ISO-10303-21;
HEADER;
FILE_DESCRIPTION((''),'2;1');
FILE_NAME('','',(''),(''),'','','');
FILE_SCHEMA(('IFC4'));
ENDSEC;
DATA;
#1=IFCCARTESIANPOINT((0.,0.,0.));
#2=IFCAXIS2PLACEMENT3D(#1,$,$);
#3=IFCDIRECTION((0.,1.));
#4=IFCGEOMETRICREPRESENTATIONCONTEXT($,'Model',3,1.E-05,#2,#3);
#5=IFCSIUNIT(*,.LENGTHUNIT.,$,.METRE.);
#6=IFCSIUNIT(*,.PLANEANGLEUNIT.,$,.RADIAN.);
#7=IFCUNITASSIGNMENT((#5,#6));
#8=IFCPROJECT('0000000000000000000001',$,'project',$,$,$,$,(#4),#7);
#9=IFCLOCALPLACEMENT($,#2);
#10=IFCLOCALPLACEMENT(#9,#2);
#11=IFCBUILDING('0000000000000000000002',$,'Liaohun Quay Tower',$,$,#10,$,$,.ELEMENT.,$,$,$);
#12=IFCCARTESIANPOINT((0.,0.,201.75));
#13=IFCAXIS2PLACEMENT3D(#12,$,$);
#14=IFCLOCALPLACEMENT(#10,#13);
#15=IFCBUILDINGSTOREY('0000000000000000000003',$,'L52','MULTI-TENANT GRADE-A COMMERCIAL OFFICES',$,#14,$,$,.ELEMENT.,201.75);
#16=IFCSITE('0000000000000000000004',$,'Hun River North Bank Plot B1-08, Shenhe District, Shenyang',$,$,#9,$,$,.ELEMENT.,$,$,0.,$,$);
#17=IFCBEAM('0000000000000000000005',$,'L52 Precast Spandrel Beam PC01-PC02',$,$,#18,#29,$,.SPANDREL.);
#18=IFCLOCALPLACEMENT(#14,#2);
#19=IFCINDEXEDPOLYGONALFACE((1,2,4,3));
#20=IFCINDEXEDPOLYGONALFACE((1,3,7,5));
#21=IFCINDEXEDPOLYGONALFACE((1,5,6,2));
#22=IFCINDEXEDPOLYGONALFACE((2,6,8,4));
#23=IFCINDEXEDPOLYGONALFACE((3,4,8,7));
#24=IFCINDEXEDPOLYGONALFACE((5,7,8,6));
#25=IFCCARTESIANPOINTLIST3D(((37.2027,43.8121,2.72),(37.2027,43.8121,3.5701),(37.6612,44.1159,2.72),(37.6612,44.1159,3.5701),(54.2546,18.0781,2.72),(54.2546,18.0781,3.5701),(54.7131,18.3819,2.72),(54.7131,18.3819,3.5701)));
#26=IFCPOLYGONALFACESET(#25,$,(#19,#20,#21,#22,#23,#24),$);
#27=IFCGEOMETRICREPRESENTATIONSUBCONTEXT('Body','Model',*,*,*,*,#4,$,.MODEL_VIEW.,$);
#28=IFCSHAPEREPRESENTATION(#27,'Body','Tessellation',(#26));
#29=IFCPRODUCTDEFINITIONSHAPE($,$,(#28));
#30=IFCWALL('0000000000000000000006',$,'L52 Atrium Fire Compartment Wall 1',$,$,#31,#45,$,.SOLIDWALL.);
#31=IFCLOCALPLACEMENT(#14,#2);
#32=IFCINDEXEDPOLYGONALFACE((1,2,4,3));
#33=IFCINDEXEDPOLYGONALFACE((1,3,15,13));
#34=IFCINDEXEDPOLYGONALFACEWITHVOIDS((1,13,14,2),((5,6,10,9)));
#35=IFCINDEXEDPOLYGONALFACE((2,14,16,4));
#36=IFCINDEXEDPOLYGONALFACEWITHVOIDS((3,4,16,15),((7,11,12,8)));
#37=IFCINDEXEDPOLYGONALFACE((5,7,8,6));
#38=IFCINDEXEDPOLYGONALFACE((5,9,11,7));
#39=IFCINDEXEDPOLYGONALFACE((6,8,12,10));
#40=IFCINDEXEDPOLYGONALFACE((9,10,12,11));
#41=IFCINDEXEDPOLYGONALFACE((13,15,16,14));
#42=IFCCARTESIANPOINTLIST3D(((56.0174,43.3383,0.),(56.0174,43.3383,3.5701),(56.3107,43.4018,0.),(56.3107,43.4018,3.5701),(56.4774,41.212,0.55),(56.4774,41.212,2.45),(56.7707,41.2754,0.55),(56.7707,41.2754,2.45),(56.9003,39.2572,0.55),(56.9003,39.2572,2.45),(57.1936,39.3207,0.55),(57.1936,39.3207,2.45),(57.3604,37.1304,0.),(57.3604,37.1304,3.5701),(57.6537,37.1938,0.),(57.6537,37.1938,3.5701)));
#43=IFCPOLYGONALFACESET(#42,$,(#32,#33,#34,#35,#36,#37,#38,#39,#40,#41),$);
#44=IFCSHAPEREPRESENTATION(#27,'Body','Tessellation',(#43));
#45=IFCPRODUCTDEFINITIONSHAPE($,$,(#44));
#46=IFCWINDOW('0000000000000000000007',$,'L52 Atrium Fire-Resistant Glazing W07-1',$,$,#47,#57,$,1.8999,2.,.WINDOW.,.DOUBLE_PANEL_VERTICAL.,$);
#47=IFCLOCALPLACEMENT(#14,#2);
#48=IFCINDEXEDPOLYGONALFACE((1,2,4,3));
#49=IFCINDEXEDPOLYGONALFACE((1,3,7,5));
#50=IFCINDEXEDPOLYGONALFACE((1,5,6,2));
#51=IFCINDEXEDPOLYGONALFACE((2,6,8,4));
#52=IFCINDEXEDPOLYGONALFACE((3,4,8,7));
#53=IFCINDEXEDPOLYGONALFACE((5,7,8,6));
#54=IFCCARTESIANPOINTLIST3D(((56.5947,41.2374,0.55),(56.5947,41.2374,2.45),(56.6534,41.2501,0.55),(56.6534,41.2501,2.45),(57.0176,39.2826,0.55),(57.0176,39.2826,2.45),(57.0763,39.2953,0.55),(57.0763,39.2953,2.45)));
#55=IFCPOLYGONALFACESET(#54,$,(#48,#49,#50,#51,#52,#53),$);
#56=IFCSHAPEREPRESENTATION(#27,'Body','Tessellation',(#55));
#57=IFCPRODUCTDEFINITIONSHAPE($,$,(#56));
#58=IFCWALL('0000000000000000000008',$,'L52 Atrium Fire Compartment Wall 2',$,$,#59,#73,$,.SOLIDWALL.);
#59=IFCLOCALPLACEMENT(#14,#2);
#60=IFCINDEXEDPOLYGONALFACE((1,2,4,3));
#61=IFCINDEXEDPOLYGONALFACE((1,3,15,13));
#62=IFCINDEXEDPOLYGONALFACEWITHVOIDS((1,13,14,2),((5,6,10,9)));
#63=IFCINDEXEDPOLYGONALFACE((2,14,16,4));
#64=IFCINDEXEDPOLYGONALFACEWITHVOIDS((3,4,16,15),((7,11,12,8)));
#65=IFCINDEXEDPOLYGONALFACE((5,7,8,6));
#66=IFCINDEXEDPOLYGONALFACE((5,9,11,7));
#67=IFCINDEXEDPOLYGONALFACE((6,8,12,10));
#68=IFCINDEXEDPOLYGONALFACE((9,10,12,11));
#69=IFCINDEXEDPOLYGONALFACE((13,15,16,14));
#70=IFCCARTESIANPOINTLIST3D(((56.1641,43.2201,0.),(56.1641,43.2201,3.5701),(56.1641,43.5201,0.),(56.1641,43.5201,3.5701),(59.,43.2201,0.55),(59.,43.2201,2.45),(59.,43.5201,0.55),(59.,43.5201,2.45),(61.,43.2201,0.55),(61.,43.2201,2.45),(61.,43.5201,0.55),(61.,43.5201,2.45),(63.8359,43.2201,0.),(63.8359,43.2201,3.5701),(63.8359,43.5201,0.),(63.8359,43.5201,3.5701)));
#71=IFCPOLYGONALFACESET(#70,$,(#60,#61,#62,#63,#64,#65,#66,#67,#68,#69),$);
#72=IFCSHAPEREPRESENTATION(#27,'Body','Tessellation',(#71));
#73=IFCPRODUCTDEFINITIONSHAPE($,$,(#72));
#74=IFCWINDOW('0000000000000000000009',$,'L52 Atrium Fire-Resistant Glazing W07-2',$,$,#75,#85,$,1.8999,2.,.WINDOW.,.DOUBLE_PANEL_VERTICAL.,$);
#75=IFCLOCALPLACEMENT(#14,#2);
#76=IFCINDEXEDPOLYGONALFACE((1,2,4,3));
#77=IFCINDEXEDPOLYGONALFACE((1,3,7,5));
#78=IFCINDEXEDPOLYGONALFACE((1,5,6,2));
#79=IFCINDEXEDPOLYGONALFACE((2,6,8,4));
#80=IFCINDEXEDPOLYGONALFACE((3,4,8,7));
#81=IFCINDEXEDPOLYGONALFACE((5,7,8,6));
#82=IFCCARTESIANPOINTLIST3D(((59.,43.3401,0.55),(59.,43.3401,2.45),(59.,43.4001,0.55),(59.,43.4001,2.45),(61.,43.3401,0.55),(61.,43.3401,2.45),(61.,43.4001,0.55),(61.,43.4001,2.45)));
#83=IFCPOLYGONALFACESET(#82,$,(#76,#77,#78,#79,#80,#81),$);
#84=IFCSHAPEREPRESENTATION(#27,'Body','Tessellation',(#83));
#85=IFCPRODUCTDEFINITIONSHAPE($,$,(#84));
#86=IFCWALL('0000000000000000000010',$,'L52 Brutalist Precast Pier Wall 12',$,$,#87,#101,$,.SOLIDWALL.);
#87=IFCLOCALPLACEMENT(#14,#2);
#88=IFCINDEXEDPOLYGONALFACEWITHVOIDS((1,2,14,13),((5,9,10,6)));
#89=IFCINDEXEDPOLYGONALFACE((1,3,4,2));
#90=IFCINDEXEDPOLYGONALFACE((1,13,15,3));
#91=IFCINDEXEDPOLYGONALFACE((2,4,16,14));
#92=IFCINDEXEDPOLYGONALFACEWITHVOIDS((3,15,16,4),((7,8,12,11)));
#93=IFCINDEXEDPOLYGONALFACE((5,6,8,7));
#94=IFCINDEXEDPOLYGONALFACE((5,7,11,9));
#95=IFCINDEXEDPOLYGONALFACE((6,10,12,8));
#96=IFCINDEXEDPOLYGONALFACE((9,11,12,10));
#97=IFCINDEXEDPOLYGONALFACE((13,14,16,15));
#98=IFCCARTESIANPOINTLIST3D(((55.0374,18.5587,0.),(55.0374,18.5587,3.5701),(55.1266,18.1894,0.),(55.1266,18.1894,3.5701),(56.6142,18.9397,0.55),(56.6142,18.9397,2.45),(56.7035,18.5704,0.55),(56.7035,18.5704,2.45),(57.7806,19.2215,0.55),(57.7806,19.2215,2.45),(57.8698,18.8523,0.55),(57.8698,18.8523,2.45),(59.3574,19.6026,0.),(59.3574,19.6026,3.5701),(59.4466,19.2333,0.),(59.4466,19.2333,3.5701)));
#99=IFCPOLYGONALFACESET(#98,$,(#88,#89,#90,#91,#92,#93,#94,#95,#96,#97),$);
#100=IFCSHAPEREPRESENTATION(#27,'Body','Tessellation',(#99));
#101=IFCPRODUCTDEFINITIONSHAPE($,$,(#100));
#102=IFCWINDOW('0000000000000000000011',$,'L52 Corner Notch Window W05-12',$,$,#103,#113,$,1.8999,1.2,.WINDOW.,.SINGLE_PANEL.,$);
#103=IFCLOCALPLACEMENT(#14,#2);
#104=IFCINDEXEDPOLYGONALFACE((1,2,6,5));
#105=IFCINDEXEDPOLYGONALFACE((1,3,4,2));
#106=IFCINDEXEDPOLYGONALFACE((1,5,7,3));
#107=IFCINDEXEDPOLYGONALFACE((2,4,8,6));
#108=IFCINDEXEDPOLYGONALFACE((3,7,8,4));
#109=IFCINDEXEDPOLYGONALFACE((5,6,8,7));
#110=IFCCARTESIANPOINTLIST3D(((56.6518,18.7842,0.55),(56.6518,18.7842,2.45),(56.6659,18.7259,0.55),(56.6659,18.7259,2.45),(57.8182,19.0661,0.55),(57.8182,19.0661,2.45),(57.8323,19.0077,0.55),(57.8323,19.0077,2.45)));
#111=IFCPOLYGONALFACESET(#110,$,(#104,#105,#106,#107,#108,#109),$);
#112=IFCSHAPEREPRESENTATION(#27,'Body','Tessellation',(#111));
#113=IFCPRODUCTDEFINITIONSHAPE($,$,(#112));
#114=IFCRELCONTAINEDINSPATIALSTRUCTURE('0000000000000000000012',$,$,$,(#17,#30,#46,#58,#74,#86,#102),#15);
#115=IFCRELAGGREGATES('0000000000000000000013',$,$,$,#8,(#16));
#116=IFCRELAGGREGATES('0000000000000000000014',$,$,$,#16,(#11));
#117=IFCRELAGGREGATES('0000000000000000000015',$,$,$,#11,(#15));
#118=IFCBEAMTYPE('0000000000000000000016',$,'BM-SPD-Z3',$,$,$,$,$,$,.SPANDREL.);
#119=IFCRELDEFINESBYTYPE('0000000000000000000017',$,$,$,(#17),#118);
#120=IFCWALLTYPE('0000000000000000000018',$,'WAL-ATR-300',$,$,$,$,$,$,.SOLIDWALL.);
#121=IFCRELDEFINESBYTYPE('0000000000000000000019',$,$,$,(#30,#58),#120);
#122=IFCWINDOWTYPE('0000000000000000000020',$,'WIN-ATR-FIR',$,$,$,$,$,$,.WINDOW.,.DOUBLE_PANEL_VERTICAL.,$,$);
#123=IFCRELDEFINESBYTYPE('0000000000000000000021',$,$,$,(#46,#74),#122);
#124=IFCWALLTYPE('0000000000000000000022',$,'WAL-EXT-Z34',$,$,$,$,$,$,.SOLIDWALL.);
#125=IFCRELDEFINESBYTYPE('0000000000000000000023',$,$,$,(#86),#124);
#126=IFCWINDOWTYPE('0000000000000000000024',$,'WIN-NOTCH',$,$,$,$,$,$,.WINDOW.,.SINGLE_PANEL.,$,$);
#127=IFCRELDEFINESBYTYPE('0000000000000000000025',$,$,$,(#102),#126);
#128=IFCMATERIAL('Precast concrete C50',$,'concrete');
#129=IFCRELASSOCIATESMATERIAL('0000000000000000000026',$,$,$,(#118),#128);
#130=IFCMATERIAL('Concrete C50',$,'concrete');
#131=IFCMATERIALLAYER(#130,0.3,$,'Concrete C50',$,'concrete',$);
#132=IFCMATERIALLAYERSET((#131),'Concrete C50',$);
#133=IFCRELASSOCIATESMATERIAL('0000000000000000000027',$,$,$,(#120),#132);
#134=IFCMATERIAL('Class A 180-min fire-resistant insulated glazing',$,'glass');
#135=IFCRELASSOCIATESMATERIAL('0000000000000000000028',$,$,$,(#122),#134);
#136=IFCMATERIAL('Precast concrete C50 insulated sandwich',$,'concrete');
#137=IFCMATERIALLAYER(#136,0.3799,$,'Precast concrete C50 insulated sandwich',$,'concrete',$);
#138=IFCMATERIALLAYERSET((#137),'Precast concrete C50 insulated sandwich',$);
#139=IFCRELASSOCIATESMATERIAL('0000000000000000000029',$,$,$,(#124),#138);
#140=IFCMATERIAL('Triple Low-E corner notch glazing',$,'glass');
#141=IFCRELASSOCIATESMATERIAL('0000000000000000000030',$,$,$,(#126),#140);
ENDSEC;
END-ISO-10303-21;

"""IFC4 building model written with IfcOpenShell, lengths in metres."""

from ifc_helpers import new_model, si_unit, direction, frame, frame_2d, origin, origin_2d, place, context, subcontext, project, spatial, rectangle, extrude, source, transform, mapped, material, layer, layer_set, material_profile, profile_set, type_object, element, fill, save


model = new_model("IFC4")

# Units and contexts
model_context = context("Model", 3, precision=1e-05, world=origin(), true_north=direction((0.0, 1.0)))
body_context = subcontext(model_context, "Body", "Model", "MODEL_VIEW")
ifc_project = project(units=[si_unit("LENGTHUNIT", "METRE"), si_unit("PLANEANGLEUNIT", "RADIAN")], contexts=[model_context])

# Site, building, storey
site_placement = place(None, origin())
site = spatial("IfcSite", under=ifc_project, at=site_placement, Name="Hun River North Bank Plot B1-08, Shenhe District, Shenyang", CompositionType="ELEMENT", RefElevation=0.0)
building_placement = place(site_placement, origin())
building = spatial("IfcBuilding", under=site, at=building_placement, Name="Liaohun Quay Tower", CompositionType="ELEMENT")
storey_placement = place(building_placement, frame((0.0, 0.0, 201.75)))
storey = spatial("IfcBuildingStorey", under=building, at=storey_placement, Name="L52", Description="MULTI-TENANT GRADE-A COMMERCIAL OFFICES", CompositionType="ELEMENT", Elevation=201.75)

# Beam
ifc_material_1 = material(Name="Precast concrete C50", Category="concrete")
ifc_material_profile_1 = material_profile(ifc_material_1, rectangle(XDim=0.55, YDim=0.8501, at=origin_2d()), Name="RC550x850")
ifc_profile_set_1 = profile_set([ifc_material_profile_1], Name="Precast concrete C50")
beam_type_1 = type_object("IfcBeamType", Name="BM-SPD-Z3", PredefinedType="SPANDREL", material=ifc_profile_set_1)
shared_shape_1 = source(origin(), body_context, "Body", "SweptSolid", [
    extrude(rectangle(XDim=0.55, YDim=0.8501, at=origin_2d()), origin(), (0.0, 0.0, 1.0), 30.8708),
])
beam_1_placement = place(storey_placement, frame((54.4839, 18.23, 3.145), z_axis=(-0.552364, 0.833603, 0.0), x_axis=(-0.833603, -0.552364, 0.0)))
element("IfcBeam", 1, at=beam_1_placement, inside=storey, type_object=beam_type_1, Name="L52 Precast Spandrel Beam PC01-PC02", PredefinedType="SPANDREL", context=body_context, shape_type="MappedRepresentation", body=[
    mapped(shared_shape_1, transform((0.0, 0.0, 0.0), x_axis=(1.0, 0.0, 0.0), y_axis=(0.0, 1.0, 0.0), z_axis=(0.0, 0.0, 1.0), scale=1.0)),
])

# Walls, openings, windows
ifc_material_2 = material(Name="Concrete C50", Category="concrete")
ifc_layer_1 = layer(ifc_material_2, 0.3, Name="Concrete C50", Category="concrete")
ifc_layer_set_1 = layer_set([ifc_layer_1], Name="Concrete C50")
wall_type_1 = type_object("IfcWallType", Name="WAL-ATR-300", PredefinedType="SOLIDWALL", material=ifc_layer_set_1)
wall_1_placement = place(storey_placement, frame((57.5071, 37.1621, 0.0), z_axis=(0.0, 0.0, 1.0), x_axis=(-0.211445, 0.97739, 0.0)))
wall_1 = element("IfcWall", 2, at=wall_1_placement, inside=storey, type_object=wall_type_1, Name="L52 Atrium Fire Compartment Wall 1", PredefinedType="SOLIDWALL", context=body_context, shape_type="SweptSolid", body=[
    extrude(rectangle(XDim=6.3516, YDim=0.3, at=frame_2d((3.1758, 0.0))), origin(), (0.0, 0.0, 1.0), 3.5701),
])
shared_shape_2 = source(origin(), body_context, "Body", "SweptSolid", [
    extrude(rectangle(XDim=2.0, YDim=1.8999, at=frame_2d((1.0, 0.95))), frame((0.0, 0.1599, 0.0), z_axis=(0.0, -1.0, 0.0), x_axis=(1.0, 0.0, 0.0)), (0.0, 0.0, 1.0), 0.3201),
])
opening_1_placement = place(wall_1_placement, frame((2.176, 0.0, 0.55)))
opening_1 = element("IfcOpeningElement", 3, at=opening_1_placement, cuts=wall_1, PredefinedType="OPENING", context=body_context, shape_type="MappedRepresentation", body=[
    mapped(shared_shape_2, transform((0.0, 0.0, 0.0), x_axis=(1.0, 0.0, 0.0), y_axis=(0.0, 1.0, 0.0), z_axis=(0.0, 0.0, 1.0), scale=1.0)),
])
ifc_material_3 = material(Name="Class A 180-min fire-resistant insulated glazing", Category="glass")
window_type_1 = type_object("IfcWindowType", Name="WIN-ATR-FIR", PartitioningType="DOUBLE_PANEL_VERTICAL", PredefinedType="WINDOW", material=ifc_material_3)
shared_shape_3 = source(origin(), body_context, "Body", "SweptSolid", [
    extrude(rectangle(XDim=2.0, YDim=1.8999, at=frame_2d((1.0, 0.95))), frame((0.0, 0.03, 0.0), z_axis=(0.0, -1.0, 0.0), x_axis=(1.0, 0.0, 0.0)), (0.0, 0.0, 1.0), 0.0601),
])
window_1_placement = place(opening_1_placement, origin())
window_1 = element("IfcWindow", 4, at=window_1_placement, inside=storey, type_object=window_type_1, Name="L52 Atrium Fire-Resistant Glazing W07-1", OverallHeight=1.8999, OverallWidth=2.0, PartitioningType="DOUBLE_PANEL_VERTICAL", PredefinedType="WINDOW", context=body_context, shape_type="MappedRepresentation", body=[
    mapped(shared_shape_3, transform((0.0, 0.0, 0.0), x_axis=(1.0, 0.0, 0.0), y_axis=(0.0, 1.0, 0.0), z_axis=(0.0, 0.0, 1.0), scale=1.0)),
])
fill(opening_1, window_1)
wall_2_placement = place(storey_placement, frame((56.1641, 43.3701, 0.0), z_axis=(0.0, 0.0, 1.0), x_axis=(1.0, 0.0, 0.0)))
wall_2 = element("IfcWall", 5, at=wall_2_placement, inside=storey, type_object=wall_type_1, Name="L52 Atrium Fire Compartment Wall 2", PredefinedType="SOLIDWALL", context=body_context, shape_type="SweptSolid", body=[
    extrude(rectangle(XDim=7.6719, YDim=0.3, at=frame_2d((3.8359, 0.0))), origin(), (0.0, 0.0, 1.0), 3.5701),
])
opening_2_placement = place(wall_2_placement, frame((2.8359, 0.0, 0.55)))
opening_2 = element("IfcOpeningElement", 6, at=opening_2_placement, cuts=wall_2, PredefinedType="OPENING", context=body_context, shape_type="MappedRepresentation", body=[
    mapped(shared_shape_2, transform((0.0, 0.0, 0.0), x_axis=(1.0, 0.0, 0.0), y_axis=(0.0, 1.0, 0.0), z_axis=(0.0, 0.0, 1.0), scale=1.0)),
])
window_2_placement = place(opening_2_placement, origin())
window_2 = element("IfcWindow", 7, at=window_2_placement, inside=storey, type_object=window_type_1, Name="L52 Atrium Fire-Resistant Glazing W07-2", OverallHeight=1.8999, OverallWidth=2.0, PartitioningType="DOUBLE_PANEL_VERTICAL", PredefinedType="WINDOW", context=body_context, shape_type="MappedRepresentation", body=[
    mapped(shared_shape_3, transform((0.0, 0.0, 0.0), x_axis=(1.0, 0.0, 0.0), y_axis=(0.0, 1.0, 0.0), z_axis=(0.0, 0.0, 1.0), scale=1.0)),
])
fill(opening_2, window_2)
ifc_material_4 = material(Name="Precast concrete C50 insulated sandwich", Category="concrete")
ifc_layer_2 = layer(ifc_material_4, 0.3799, Name="Precast concrete C50 insulated sandwich", Category="concrete")
ifc_layer_set_2 = layer_set([ifc_layer_2], Name="Precast concrete C50 insulated sandwich")
wall_type_2 = type_object("IfcWallType", Name="WAL-EXT-Z34", PredefinedType="SOLIDWALL", material=ifc_layer_set_2)
wall_3_placement = place(storey_placement, frame((55.082, 18.374, 0.0), z_axis=(0.0, 0.0, 1.0), x_axis=(0.972022, 0.234889, 0.0)))
wall_3 = element("IfcWall", 8, at=wall_3_placement, inside=storey, type_object=wall_type_2, Name="L52 Brutalist Precast Pier Wall 12", PredefinedType="SOLIDWALL", context=body_context, shape_type="SweptSolid", body=[
    extrude(rectangle(XDim=4.4443, YDim=0.3799, at=frame_2d((2.2222, 0.0))), origin(), (0.0, 0.0, 1.0), 3.5701),
])
shared_shape_4 = source(origin(), body_context, "Body", "SweptSolid", [
    extrude(rectangle(XDim=1.2, YDim=1.8999, at=frame_2d((0.6001, 0.95))), frame((0.0, 0.2, 0.0), z_axis=(0.0, -1.0, 0.0), x_axis=(1.0, 0.0, 0.0)), (0.0, 0.0, 1.0), 0.3999),
])
opening_3_placement = place(wall_3_placement, frame((1.6221, 0.0, 0.55)))
opening_3 = element("IfcOpeningElement", 9, at=opening_3_placement, cuts=wall_3, PredefinedType="OPENING", context=body_context, shape_type="MappedRepresentation", body=[
    mapped(shared_shape_4, transform((0.0, 0.0, 0.0), x_axis=(1.0, 0.0, 0.0), y_axis=(0.0, 1.0, 0.0), z_axis=(0.0, 0.0, 1.0), scale=1.0)),
])
ifc_material_5 = material(Name="Triple Low-E corner notch glazing", Category="glass")
window_type_2 = type_object("IfcWindowType", Name="WIN-NOTCH", PartitioningType="SINGLE_PANEL", PredefinedType="WINDOW", material=ifc_material_5)
shared_shape_5 = source(origin(), body_context, "Body", "SweptSolid", [
    extrude(rectangle(XDim=1.2, YDim=1.8999, at=frame_2d((0.6001, 0.95))), frame((0.0, 0.03, 0.0), z_axis=(0.0, -1.0, 0.0), x_axis=(1.0, 0.0, 0.0)), (0.0, 0.0, 1.0), 0.0601),
])
window_3_placement = place(opening_3_placement, origin())
window_3 = element("IfcWindow", 10, at=window_3_placement, inside=storey, type_object=window_type_2, Name="L52 Corner Notch Window W05-12", OverallHeight=1.8999, OverallWidth=1.2, PartitioningType="SINGLE_PANEL", PredefinedType="WINDOW", context=body_context, shape_type="MappedRepresentation", body=[
    mapped(shared_shape_5, transform((0.0, 0.0, 0.0), x_axis=(1.0, 0.0, 0.0), y_axis=(0.0, 1.0, 0.0), z_axis=(0.0, 0.0, 1.0), scale=1.0)),
])
fill(opening_3, window_3)

save(model, "model.ifc")
